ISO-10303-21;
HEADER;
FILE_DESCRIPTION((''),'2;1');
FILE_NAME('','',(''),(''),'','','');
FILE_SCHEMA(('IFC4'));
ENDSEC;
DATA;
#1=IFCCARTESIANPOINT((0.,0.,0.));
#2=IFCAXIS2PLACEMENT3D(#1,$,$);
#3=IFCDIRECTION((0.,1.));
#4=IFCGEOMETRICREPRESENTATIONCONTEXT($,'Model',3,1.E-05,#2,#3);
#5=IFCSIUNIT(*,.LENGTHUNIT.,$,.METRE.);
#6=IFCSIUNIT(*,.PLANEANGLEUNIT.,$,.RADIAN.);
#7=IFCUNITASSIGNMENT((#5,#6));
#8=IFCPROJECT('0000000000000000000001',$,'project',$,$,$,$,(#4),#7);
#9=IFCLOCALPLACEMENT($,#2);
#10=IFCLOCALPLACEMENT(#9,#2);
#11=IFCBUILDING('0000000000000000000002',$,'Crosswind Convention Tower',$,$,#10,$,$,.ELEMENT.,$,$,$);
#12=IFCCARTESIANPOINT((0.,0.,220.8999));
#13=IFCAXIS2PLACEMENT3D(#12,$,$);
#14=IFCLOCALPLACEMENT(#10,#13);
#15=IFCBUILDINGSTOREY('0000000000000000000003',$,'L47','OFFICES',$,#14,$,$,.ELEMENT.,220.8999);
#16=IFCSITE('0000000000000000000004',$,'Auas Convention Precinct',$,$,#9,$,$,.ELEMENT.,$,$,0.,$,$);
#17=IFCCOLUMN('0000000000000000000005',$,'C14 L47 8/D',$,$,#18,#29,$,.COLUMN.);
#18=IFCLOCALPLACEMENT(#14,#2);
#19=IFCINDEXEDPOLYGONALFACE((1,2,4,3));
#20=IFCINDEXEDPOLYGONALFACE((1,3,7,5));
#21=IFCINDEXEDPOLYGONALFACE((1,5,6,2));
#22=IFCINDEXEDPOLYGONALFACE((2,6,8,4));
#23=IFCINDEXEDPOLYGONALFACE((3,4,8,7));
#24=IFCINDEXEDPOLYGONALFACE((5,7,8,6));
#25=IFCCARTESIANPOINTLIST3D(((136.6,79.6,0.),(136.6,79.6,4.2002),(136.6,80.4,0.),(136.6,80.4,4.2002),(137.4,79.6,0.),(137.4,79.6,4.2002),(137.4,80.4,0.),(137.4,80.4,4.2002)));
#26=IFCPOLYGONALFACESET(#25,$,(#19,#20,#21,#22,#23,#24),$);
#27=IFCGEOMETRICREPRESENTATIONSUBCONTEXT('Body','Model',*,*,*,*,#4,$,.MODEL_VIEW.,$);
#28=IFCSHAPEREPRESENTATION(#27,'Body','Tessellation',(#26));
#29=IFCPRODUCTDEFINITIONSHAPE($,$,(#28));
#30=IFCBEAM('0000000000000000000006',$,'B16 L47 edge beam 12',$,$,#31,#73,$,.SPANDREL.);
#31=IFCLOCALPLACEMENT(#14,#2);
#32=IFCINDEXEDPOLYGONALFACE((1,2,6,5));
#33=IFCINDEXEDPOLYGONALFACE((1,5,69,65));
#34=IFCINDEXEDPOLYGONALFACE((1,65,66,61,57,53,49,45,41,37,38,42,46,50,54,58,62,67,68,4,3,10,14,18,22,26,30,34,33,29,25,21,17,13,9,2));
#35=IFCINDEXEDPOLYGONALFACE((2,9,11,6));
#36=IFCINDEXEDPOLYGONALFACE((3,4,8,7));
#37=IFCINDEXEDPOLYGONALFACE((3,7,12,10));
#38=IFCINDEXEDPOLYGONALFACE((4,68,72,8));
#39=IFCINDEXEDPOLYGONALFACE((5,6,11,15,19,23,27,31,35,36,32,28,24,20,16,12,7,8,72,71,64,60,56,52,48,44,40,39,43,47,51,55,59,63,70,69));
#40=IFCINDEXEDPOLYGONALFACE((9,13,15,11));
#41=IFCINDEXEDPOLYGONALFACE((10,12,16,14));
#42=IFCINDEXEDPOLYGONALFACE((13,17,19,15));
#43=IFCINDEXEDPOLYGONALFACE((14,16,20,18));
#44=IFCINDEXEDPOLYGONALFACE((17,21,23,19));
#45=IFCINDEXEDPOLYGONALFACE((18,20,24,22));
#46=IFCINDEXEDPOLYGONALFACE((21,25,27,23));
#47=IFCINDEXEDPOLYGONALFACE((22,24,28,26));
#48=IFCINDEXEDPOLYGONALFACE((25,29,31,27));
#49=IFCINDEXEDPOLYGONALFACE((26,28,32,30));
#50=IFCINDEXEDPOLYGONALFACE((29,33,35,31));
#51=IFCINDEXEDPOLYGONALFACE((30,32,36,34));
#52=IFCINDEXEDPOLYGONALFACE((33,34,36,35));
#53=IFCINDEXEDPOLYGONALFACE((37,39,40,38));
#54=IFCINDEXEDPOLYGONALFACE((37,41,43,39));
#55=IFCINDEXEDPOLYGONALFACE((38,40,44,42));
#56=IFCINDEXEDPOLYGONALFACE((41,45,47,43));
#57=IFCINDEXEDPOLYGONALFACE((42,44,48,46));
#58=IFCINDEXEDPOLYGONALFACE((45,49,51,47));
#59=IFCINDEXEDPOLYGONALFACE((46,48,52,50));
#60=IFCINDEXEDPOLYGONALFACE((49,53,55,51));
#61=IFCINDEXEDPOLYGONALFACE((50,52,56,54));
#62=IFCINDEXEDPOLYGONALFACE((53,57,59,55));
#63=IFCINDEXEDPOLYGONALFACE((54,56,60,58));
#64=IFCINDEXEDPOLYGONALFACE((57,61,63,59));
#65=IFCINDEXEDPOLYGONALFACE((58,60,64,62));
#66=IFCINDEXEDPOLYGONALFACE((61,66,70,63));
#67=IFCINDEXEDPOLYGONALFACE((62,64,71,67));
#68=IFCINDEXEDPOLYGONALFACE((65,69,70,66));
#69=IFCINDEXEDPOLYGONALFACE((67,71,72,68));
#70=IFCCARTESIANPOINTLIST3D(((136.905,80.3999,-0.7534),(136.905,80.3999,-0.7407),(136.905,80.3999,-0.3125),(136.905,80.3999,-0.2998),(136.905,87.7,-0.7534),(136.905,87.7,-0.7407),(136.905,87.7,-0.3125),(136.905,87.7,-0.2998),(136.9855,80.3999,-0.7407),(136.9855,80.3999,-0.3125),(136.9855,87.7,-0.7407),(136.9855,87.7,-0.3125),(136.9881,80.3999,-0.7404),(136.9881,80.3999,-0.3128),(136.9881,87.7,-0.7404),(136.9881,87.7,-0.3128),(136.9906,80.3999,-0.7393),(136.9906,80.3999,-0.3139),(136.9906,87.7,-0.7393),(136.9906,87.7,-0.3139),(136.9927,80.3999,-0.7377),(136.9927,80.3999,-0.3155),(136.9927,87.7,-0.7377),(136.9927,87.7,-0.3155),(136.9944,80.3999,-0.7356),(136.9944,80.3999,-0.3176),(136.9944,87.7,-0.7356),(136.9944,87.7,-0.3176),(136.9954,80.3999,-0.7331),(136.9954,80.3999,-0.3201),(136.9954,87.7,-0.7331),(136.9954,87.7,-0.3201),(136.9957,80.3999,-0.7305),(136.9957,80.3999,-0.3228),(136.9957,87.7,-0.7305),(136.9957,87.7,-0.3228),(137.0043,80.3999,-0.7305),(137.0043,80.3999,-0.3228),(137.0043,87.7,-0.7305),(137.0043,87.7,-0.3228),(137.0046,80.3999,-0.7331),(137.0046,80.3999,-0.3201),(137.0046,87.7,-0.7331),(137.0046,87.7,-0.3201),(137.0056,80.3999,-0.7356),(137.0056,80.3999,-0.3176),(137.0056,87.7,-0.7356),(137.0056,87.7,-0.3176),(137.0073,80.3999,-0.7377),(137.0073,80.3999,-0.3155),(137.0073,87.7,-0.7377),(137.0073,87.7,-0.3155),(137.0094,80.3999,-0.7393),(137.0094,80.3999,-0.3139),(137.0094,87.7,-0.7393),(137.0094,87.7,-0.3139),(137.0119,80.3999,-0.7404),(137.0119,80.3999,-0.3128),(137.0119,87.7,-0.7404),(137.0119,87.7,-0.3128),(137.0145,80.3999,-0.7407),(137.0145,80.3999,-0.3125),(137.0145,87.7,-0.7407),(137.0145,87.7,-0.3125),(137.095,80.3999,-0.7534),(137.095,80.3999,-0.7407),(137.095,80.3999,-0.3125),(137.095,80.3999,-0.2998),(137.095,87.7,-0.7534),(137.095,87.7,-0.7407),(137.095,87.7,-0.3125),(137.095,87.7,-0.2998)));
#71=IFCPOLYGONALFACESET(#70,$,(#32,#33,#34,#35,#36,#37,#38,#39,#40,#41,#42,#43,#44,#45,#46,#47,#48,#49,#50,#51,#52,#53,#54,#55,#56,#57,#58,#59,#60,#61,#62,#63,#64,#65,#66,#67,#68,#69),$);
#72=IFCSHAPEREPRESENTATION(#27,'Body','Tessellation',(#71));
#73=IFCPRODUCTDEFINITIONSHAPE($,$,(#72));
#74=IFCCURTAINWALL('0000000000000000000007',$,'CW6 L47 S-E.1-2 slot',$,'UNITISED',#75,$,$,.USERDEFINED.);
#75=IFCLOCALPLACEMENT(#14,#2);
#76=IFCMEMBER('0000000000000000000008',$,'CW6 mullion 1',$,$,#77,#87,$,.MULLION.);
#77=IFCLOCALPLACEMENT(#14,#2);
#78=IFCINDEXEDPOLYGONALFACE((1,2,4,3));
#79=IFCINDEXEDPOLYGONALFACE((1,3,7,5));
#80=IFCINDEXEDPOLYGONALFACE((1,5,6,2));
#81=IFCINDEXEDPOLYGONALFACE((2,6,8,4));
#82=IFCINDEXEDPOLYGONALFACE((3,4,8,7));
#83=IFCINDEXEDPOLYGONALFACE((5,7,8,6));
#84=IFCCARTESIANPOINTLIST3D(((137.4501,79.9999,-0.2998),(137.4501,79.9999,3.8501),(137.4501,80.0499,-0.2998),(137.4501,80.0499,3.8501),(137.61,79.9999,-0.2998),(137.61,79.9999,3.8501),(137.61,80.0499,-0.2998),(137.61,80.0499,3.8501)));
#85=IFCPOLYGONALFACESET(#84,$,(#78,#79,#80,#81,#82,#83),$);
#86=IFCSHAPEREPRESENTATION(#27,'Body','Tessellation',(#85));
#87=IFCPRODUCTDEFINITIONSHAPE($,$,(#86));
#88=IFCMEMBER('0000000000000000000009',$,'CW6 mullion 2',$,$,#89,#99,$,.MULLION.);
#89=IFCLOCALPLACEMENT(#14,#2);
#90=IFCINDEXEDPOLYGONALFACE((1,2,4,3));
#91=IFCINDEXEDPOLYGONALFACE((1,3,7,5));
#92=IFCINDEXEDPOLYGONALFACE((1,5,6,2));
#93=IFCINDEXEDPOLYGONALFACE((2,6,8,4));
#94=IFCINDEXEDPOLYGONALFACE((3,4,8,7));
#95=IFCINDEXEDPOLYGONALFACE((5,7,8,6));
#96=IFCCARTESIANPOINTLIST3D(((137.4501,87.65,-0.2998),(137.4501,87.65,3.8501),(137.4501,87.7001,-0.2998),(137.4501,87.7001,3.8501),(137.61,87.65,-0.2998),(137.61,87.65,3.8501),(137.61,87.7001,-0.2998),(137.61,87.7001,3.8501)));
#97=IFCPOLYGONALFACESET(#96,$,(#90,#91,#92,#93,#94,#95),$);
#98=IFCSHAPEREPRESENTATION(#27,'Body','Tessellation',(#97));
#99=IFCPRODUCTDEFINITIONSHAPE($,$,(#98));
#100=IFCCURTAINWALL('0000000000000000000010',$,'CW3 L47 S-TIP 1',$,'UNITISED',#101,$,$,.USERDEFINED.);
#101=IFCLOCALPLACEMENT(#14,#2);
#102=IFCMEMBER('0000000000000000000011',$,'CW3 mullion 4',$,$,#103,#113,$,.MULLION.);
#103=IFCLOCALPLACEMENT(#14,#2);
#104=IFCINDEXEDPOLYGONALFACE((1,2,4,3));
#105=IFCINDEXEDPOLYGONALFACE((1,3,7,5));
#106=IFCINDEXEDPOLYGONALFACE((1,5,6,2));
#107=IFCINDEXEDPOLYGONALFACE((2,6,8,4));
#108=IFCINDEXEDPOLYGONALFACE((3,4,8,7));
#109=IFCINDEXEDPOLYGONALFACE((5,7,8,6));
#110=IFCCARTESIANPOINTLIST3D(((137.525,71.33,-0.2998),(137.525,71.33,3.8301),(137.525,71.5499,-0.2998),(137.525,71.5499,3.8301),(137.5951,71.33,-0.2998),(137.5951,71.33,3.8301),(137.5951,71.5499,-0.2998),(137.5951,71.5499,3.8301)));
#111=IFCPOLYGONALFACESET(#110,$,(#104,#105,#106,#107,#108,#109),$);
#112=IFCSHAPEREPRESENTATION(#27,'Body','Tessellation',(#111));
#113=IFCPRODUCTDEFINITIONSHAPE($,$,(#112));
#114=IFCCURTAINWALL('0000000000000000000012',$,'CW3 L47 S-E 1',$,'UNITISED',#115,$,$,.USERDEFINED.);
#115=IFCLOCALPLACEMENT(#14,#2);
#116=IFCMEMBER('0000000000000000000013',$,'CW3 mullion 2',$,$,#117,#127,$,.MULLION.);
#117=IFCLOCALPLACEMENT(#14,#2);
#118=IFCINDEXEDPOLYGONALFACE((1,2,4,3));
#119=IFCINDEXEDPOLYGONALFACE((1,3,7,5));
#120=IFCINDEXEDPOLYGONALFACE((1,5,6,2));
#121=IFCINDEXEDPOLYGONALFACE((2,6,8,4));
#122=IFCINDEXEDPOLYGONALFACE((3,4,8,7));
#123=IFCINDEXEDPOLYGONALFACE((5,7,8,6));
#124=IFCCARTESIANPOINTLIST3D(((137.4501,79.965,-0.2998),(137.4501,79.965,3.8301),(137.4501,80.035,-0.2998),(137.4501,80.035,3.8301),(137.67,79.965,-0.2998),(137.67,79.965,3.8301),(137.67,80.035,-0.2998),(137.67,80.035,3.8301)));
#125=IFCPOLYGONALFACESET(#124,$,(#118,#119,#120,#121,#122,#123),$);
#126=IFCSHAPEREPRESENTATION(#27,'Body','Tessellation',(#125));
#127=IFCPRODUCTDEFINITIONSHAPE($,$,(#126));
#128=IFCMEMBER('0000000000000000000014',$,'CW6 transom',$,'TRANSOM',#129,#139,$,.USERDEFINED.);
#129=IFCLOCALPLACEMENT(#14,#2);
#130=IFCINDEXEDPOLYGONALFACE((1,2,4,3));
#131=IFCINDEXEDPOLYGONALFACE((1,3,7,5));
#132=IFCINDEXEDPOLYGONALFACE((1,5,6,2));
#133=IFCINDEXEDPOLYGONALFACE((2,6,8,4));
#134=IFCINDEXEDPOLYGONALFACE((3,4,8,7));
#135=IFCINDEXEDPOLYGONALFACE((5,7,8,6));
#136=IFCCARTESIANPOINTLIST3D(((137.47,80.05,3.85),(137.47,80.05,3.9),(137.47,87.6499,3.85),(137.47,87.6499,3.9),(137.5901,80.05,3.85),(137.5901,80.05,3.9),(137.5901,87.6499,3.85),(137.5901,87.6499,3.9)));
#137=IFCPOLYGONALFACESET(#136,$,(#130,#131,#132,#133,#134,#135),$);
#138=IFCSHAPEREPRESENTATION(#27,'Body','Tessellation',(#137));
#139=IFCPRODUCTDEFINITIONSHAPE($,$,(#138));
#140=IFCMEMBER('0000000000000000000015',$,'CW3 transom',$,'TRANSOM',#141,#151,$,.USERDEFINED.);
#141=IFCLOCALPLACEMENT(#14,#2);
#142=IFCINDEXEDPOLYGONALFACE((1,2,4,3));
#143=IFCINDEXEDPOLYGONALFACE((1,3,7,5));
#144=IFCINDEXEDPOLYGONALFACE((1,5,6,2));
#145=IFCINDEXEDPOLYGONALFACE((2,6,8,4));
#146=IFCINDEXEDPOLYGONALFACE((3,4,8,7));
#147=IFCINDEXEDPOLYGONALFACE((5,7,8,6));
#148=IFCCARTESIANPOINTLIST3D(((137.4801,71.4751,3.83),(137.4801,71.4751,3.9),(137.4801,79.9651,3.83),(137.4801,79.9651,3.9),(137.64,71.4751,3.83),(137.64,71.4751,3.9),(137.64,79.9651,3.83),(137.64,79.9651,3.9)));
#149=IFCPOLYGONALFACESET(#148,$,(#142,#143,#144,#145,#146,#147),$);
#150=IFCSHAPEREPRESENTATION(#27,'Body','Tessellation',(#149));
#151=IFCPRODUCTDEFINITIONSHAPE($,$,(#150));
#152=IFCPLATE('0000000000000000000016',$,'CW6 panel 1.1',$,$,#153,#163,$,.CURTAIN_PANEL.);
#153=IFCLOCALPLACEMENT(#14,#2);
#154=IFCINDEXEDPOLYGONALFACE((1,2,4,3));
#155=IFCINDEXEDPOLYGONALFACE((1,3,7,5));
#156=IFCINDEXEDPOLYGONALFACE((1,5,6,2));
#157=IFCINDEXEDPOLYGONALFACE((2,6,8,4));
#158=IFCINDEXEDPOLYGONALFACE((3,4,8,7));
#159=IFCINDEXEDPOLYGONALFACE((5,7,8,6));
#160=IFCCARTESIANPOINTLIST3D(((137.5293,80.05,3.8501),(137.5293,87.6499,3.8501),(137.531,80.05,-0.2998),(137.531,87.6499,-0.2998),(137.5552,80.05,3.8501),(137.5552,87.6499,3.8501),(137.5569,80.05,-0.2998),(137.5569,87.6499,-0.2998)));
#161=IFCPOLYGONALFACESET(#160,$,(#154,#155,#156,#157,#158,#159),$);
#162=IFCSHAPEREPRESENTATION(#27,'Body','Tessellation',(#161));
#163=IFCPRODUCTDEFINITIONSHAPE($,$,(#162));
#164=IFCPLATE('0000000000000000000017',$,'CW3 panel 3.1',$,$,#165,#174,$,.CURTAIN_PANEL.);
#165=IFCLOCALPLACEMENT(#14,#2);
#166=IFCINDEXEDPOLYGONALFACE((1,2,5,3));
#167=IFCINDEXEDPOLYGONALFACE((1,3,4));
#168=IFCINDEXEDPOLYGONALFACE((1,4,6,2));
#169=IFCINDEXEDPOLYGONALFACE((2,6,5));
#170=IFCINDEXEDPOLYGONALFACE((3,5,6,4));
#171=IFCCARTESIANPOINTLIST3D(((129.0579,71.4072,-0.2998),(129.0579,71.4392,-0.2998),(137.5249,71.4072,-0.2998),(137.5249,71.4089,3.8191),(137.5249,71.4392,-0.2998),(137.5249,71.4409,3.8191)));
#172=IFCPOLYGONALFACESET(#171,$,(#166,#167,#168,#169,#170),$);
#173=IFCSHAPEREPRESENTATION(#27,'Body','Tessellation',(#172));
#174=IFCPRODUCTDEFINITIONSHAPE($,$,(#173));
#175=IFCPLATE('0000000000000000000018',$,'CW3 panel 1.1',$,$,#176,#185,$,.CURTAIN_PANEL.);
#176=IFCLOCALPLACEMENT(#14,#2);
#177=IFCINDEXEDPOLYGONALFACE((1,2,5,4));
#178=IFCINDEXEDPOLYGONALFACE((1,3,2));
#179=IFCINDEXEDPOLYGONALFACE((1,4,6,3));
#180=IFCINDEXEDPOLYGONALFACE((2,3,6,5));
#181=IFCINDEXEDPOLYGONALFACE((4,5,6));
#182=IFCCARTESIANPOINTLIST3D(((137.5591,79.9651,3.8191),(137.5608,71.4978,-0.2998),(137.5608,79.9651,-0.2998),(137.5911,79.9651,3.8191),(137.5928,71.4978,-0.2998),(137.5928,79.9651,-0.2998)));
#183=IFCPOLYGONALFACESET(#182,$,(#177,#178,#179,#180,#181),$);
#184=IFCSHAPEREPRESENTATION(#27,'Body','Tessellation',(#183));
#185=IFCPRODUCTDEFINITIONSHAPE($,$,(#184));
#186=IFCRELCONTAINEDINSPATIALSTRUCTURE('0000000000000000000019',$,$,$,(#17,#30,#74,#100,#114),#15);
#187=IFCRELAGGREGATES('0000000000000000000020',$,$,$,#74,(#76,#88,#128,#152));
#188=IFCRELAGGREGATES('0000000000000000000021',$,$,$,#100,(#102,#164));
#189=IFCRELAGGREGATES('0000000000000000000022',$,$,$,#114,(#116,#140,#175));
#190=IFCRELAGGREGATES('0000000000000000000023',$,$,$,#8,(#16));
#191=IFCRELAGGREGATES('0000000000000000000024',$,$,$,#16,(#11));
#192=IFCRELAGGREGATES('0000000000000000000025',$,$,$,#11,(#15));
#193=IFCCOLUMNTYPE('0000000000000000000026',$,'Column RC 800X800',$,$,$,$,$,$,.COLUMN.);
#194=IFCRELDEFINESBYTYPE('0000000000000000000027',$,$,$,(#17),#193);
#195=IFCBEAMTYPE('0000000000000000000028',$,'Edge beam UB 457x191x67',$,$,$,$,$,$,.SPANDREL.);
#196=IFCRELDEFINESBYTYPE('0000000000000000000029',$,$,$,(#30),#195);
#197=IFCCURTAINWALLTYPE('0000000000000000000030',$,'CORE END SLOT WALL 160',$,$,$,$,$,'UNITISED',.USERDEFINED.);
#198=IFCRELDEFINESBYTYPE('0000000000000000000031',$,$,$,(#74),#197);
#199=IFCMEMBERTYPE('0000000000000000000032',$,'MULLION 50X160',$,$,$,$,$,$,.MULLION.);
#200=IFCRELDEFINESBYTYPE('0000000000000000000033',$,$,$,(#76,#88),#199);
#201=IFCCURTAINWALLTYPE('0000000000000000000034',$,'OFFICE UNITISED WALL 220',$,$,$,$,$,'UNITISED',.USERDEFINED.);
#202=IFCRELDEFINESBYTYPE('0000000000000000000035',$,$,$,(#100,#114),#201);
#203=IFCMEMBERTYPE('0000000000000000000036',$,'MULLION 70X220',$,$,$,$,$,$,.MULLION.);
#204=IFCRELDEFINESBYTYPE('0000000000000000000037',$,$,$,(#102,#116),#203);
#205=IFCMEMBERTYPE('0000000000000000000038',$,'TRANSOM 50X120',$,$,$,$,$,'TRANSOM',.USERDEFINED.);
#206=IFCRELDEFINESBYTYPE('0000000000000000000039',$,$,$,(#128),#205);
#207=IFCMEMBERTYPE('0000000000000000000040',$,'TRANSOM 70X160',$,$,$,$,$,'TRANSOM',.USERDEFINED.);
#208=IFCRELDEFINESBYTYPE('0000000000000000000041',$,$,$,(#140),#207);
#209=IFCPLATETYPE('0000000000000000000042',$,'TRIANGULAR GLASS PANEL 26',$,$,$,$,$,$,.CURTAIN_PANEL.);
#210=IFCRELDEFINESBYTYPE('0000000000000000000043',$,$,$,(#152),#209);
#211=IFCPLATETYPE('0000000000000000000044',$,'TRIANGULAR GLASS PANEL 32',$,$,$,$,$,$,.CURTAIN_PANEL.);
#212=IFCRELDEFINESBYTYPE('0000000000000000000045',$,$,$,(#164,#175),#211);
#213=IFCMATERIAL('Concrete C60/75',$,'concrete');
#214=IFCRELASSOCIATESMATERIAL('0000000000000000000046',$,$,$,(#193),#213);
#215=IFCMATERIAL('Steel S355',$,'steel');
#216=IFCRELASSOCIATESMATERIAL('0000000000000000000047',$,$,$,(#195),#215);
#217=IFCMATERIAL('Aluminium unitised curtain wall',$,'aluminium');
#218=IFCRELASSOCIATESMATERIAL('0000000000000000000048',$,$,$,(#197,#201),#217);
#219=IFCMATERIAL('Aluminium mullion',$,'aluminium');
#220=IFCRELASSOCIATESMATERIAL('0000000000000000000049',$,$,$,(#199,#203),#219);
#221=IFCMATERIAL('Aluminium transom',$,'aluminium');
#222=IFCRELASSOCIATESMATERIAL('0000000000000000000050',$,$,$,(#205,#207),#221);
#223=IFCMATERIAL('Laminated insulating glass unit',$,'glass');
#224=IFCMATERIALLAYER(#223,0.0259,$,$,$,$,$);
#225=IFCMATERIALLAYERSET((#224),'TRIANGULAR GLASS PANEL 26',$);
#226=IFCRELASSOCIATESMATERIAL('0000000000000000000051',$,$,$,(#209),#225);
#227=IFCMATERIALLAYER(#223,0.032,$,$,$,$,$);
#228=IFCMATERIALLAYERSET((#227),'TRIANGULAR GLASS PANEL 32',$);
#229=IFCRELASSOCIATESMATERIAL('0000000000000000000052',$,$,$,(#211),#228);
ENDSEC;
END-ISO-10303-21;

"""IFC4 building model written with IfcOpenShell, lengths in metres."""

from ifc_helpers import new_model, si_unit, direction, frame, origin, origin_2d, place, context, subcontext, project, spatial, polyline, rectangle, i_section, outline, extrude, material, layer, layer_set, material_profile, profile_set, type_object, element, aggregate, save


model = new_model("IFC4")

# Units and contexts
model_context = context("Model", 3, precision=1e-05, world=origin(), true_north=direction((0.0, 1.0)))
body_context = subcontext(model_context, "Body", "Model", "MODEL_VIEW")
ifc_project = project(units=[si_unit("LENGTHUNIT", "METRE"), si_unit("PLANEANGLEUNIT", "RADIAN")], contexts=[model_context])

# Site, building, storey
site_placement = place(None, origin())
site = spatial("IfcSite", under=ifc_project, at=site_placement, Name="Auas Convention Precinct", CompositionType="ELEMENT", RefElevation=0.0)
building_placement = place(site_placement, origin())
building = spatial("IfcBuilding", under=site, at=building_placement, Name="Crosswind Convention Tower", CompositionType="ELEMENT")
storey_placement = place(building_placement, frame((0.0, 0.0, 220.8999)))
storey = spatial("IfcBuildingStorey", under=building, at=storey_placement, Name="L47", Description="OFFICES", CompositionType="ELEMENT", Elevation=220.8999)

# Column
ifc_material_1 = material(Name="Concrete C60/75", Category="concrete")
ifc_material_profile_1 = material_profile(ifc_material_1, rectangle(XDim=0.8, YDim=0.8, at=origin_2d()), Name="RC 800X800")
ifc_profile_set_1 = profile_set([ifc_material_profile_1], Name="Concrete C60/75")
column_type = type_object("IfcColumnType", Name="Column RC 800X800", PredefinedType="COLUMN", material=ifc_profile_set_1)
column_placement = place(storey_placement, frame((137.0, 80.0, 0.0), z_axis=(0.0, 0.0, 1.0), x_axis=(1.0, 0.0, 0.0)))
element("IfcColumn", 1, at=column_placement, inside=storey, type_object=column_type, Name="C14 L47 8/D", PredefinedType="COLUMN", context=body_context, shape_type="SweptSolid", body=[
    extrude(rectangle(XDim=0.8, YDim=0.8, at=origin_2d()), origin(), (0.0, 0.0, 1.0), 4.2002),
])

# Beam
ifc_material_2 = material(Name="Steel S355", Category="steel")
ifc_material_profile_2 = material_profile(ifc_material_2, i_section(OverallWidth=0.1899, OverallDepth=0.4536, WebThickness=0.0085, FlangeThickness=0.0127, FilletRadius=0.0103, at=origin_2d()), Name="UB 457x191x67")
ifc_profile_set_2 = profile_set([ifc_material_profile_2], Name="Steel S355")
beam_type = type_object("IfcBeamType", Name="Edge beam UB 457x191x67", PredefinedType="SPANDREL", material=ifc_profile_set_2)
beam_placement = place(storey_placement, frame((137.0, 80.3999, -0.5266), z_axis=(0.0, 1.0, 0.0), x_axis=(-1.0, 0.0, 0.0)))
element("IfcBeam", 2, at=beam_placement, inside=storey, type_object=beam_type, Name="B16 L47 edge beam 12", PredefinedType="SPANDREL", context=body_context, shape_type="SweptSolid", body=[
    extrude(i_section(OverallWidth=0.1899, OverallDepth=0.4536, WebThickness=0.0085, FlangeThickness=0.0127, FilletRadius=0.0103, at=origin_2d()), origin(), (0.0, 0.0, 1.0), 7.3),
])

# Curtain wall, members
ifc_material_3 = material(Name="Aluminium unitised curtain wall", Category="aluminium")
curtain_wall_type_1 = type_object("IfcCurtainWallType", Name="CORE END SLOT WALL 160", ElementType="UNITISED", PredefinedType="USERDEFINED", material=ifc_material_3)
curtain_wall_1_placement = place(storey_placement, origin())
curtain_wall_1 = element("IfcCurtainWall", 3, at=curtain_wall_1_placement, inside=storey, type_object=curtain_wall_type_1, Name="CW6 L47 S-E.1-2 slot", ObjectType="UNITISED", PredefinedType="USERDEFINED")
ifc_material_4 = material(Name="Aluminium mullion", Category="aluminium")
ifc_material_profile_3 = material_profile(ifc_material_4, rectangle(XDim=0.1599, YDim=0.05, at=origin_2d()), Name="AL 160X50")
ifc_profile_set_3 = profile_set([ifc_material_profile_3], Name="Aluminium mullion")
member_type_1 = type_object("IfcMemberType", Name="MULLION 50X160", PredefinedType="MULLION", material=ifc_profile_set_3)
member_1_placement = place(storey_placement, frame((137.53, 80.0249, -0.2998), z_axis=(0.0, 0.0, 1.0), x_axis=(1.0, 0.0, 0.0)))
member_1 = element("IfcMember", 4, at=member_1_placement, type_object=member_type_1, Name="CW6 mullion 1", PredefinedType="MULLION", context=body_context, shape_type="SweptSolid", body=[
    extrude(rectangle(XDim=0.1599, YDim=0.05, at=origin_2d()), origin(), (0.0, 0.0, 1.0), 4.1499),
])
member_2_placement = place(storey_placement, frame((137.53, 87.675, -0.2998), z_axis=(0.0, 0.0, 1.0), x_axis=(1.0, 0.0, 0.0)))
member_2 = element("IfcMember", 5, at=member_2_placement, type_object=member_type_1, Name="CW6 mullion 2", PredefinedType="MULLION", context=body_context, shape_type="SweptSolid", body=[
    extrude(rectangle(XDim=0.1599, YDim=0.05, at=origin_2d()), origin(), (0.0, 0.0, 1.0), 4.1499),
])

# Curtain walls, members
curtain_wall_type_2 = type_object("IfcCurtainWallType", Name="OFFICE UNITISED WALL 220", ElementType="UNITISED", PredefinedType="USERDEFINED", material=ifc_material_3)
curtain_wall_2_placement = place(storey_placement, origin())
curtain_wall_2 = element("IfcCurtainWall", 6, at=curtain_wall_2_placement, inside=storey, type_object=curtain_wall_type_2, Name="CW3 L47 S-TIP 1", ObjectType="UNITISED", PredefinedType="USERDEFINED")
ifc_material_profile_4 = material_profile(ifc_material_4, rectangle(XDim=0.22, YDim=0.0701, at=origin_2d()), Name="AL 220X70")
ifc_profile_set_4 = profile_set([ifc_material_profile_4], Name="Aluminium mullion")
member_type_2 = type_object("IfcMemberType", Name="MULLION 70X220", PredefinedType="MULLION", material=ifc_profile_set_4)
member_3_placement = place(storey_placement, frame((137.5601, 71.4399, -0.2998), z_axis=(0.0, 0.0, 1.0), x_axis=(0.0, -1.0, 0.0)))
member_3 = element("IfcMember", 7, at=member_3_placement, type_object=member_type_2, Name="CW3 mullion 4", PredefinedType="MULLION", context=body_context, shape_type="SweptSolid", body=[
    extrude(rectangle(XDim=0.22, YDim=0.0701, at=origin_2d()), origin(), (0.0, 0.0, 1.0), 4.1299),
])
curtain_wall_3_placement = place(storey_placement, origin())
curtain_wall_3 = element("IfcCurtainWall", 8, at=curtain_wall_3_placement, inside=storey, type_object=curtain_wall_type_2, Name="CW3 L47 S-E 1", ObjectType="UNITISED", PredefinedType="USERDEFINED")
member_4_placement = place(storey_placement, frame((137.5601, 80.0, -0.2998), z_axis=(0.0, 0.0, 1.0), x_axis=(1.0, 0.0, 0.0)))
member_4 = element("IfcMember", 9, at=member_4_placement, type_object=member_type_2, Name="CW3 mullion 2", PredefinedType="MULLION", context=body_context, shape_type="SweptSolid", body=[
    extrude(rectangle(XDim=0.22, YDim=0.0701, at=origin_2d()), origin(), (0.0, 0.0, 1.0), 4.1299),
])

# Members
ifc_material_5 = material(Name="Aluminium transom", Category="aluminium")
ifc_material_profile_5 = material_profile(ifc_material_5, rectangle(XDim=0.1201, YDim=0.05, at=origin_2d()), Name="AL 120X50")
ifc_profile_set_5 = profile_set([ifc_material_profile_5], Name="Aluminium transom")
member_type_3 = type_object("IfcMemberType", Name="TRANSOM 50X120", ElementType="TRANSOM", PredefinedType="USERDEFINED", material=ifc_profile_set_5)
member_5_placement = place(storey_placement, frame((137.53, 80.05, 3.875), z_axis=(0.0, 1.0, 0.0), x_axis=(-1.0, 0.0, 0.0)))
member_5 = element("IfcMember", 10, at=member_5_placement, type_object=member_type_3, Name="CW6 transom", ObjectType="TRANSOM", PredefinedType="USERDEFINED", context=body_context, shape_type="SweptSolid", body=[
    extrude(rectangle(XDim=0.1201, YDim=0.05, at=origin_2d()), origin(), (0.0, 0.0, 1.0), 7.5999),
])
ifc_material_profile_6 = material_profile(ifc_material_5, rectangle(XDim=0.1599, YDim=0.0701, at=origin_2d()), Name="AL 160X70")
ifc_profile_set_6 = profile_set([ifc_material_profile_6], Name="Aluminium transom")
member_type_4 = type_object("IfcMemberType", Name="TRANSOM 70X160", ElementType="TRANSOM", PredefinedType="USERDEFINED", material=ifc_profile_set_6)
member_6_placement = place(storey_placement, frame((137.5601, 71.4751, 3.865), z_axis=(0.0, 1.0, 0.0), x_axis=(-1.0, 0.0, 0.0)))
member_6 = element("IfcMember", 11, at=member_6_placement, type_object=member_type_4, Name="CW3 transom", ObjectType="TRANSOM", PredefinedType="USERDEFINED", context=body_context, shape_type="SweptSolid", body=[
    extrude(rectangle(XDim=0.1599, YDim=0.0701, at=origin_2d()), origin(), (0.0, 0.0, 1.0), 8.49),
])

# Plates
ifc_material_6 = material(Name="Laminated insulating glass unit", Category="glass")
ifc_layer_1 = layer(ifc_material_6, 0.0259)
ifc_layer_set_1 = layer_set([ifc_layer_1], Name="TRIANGULAR GLASS PANEL 26")
plate_type_1 = type_object("IfcPlateType", Name="TRIANGULAR GLASS PANEL 26", PredefinedType="CURTAIN_PANEL", material=ifc_layer_set_1)
plate_1_placement = place(storey_placement, frame((137.5569, 80.05, -0.2998), z_axis=(1.0, 0.0, 0.000412), x_axis=(0.0, 1.0, 0.0)))
plate_1 = element("IfcPlate", 12, at=plate_1_placement, type_object=plate_type_1, Name="CW6 panel 1.1", PredefinedType="CURTAIN_PANEL", context=body_context, shape_type="SweptSolid", body=[
    extrude(outline(polyline([(0.0, 0.0), (7.5999, 0.0), (7.5999, 4.1499), (0.0, 4.1499), (0.0, 0.0)])), origin(), (0.0, 0.0, -1.0), 0.0259),
])
aggregate(curtain_wall_1, [member_1, member_2, member_5, plate_1])
ifc_layer_2 = layer(ifc_material_6, 0.032)
ifc_layer_set_2 = layer_set([ifc_layer_2], Name="TRIANGULAR GLASS PANEL 32")
plate_type_2 = type_object("IfcPlateType", Name="TRIANGULAR GLASS PANEL 32", PredefinedType="CURTAIN_PANEL", material=ifc_layer_set_2)
plate_2_placement = place(storey_placement, frame((137.5249, 71.4072, -0.2998), z_axis=(0.0, -1.0, 0.000415), x_axis=(0.0, 0.000415, 1.0)))
plate_2 = element("IfcPlate", 13, at=plate_2_placement, type_object=plate_type_2, Name="CW3 panel 3.1", PredefinedType="CURTAIN_PANEL", context=body_context, shape_type="SweptSolid", body=[
    extrude(outline(polyline([(0.0, 0.0), (4.1189, 0.0), (0.0, 8.467), (0.0, 0.0)])), origin(), (0.0, 0.0, -1.0), 0.032),
])
aggregate(curtain_wall_2, [member_3, plate_2])
plate_3_placement = place(storey_placement, frame((137.5928, 79.9651, -0.2998), z_axis=(1.0, 0.0, 0.000415), x_axis=(-0.000415, 0.0, 1.0)))
plate_3 = element("IfcPlate", 14, at=plate_3_placement, type_object=plate_type_2, Name="CW3 panel 1.1", PredefinedType="CURTAIN_PANEL", context=body_context, shape_type="SweptSolid", body=[
    extrude(outline(polyline([(0.0, 0.0), (4.1189, 0.0), (0.0, 8.4673), (0.0, 0.0)])), origin(), (0.0, 0.0, -1.0), 0.032),
])

aggregate(curtain_wall_3, [member_4, member_6, plate_3])

save(model, "model.ifc")
